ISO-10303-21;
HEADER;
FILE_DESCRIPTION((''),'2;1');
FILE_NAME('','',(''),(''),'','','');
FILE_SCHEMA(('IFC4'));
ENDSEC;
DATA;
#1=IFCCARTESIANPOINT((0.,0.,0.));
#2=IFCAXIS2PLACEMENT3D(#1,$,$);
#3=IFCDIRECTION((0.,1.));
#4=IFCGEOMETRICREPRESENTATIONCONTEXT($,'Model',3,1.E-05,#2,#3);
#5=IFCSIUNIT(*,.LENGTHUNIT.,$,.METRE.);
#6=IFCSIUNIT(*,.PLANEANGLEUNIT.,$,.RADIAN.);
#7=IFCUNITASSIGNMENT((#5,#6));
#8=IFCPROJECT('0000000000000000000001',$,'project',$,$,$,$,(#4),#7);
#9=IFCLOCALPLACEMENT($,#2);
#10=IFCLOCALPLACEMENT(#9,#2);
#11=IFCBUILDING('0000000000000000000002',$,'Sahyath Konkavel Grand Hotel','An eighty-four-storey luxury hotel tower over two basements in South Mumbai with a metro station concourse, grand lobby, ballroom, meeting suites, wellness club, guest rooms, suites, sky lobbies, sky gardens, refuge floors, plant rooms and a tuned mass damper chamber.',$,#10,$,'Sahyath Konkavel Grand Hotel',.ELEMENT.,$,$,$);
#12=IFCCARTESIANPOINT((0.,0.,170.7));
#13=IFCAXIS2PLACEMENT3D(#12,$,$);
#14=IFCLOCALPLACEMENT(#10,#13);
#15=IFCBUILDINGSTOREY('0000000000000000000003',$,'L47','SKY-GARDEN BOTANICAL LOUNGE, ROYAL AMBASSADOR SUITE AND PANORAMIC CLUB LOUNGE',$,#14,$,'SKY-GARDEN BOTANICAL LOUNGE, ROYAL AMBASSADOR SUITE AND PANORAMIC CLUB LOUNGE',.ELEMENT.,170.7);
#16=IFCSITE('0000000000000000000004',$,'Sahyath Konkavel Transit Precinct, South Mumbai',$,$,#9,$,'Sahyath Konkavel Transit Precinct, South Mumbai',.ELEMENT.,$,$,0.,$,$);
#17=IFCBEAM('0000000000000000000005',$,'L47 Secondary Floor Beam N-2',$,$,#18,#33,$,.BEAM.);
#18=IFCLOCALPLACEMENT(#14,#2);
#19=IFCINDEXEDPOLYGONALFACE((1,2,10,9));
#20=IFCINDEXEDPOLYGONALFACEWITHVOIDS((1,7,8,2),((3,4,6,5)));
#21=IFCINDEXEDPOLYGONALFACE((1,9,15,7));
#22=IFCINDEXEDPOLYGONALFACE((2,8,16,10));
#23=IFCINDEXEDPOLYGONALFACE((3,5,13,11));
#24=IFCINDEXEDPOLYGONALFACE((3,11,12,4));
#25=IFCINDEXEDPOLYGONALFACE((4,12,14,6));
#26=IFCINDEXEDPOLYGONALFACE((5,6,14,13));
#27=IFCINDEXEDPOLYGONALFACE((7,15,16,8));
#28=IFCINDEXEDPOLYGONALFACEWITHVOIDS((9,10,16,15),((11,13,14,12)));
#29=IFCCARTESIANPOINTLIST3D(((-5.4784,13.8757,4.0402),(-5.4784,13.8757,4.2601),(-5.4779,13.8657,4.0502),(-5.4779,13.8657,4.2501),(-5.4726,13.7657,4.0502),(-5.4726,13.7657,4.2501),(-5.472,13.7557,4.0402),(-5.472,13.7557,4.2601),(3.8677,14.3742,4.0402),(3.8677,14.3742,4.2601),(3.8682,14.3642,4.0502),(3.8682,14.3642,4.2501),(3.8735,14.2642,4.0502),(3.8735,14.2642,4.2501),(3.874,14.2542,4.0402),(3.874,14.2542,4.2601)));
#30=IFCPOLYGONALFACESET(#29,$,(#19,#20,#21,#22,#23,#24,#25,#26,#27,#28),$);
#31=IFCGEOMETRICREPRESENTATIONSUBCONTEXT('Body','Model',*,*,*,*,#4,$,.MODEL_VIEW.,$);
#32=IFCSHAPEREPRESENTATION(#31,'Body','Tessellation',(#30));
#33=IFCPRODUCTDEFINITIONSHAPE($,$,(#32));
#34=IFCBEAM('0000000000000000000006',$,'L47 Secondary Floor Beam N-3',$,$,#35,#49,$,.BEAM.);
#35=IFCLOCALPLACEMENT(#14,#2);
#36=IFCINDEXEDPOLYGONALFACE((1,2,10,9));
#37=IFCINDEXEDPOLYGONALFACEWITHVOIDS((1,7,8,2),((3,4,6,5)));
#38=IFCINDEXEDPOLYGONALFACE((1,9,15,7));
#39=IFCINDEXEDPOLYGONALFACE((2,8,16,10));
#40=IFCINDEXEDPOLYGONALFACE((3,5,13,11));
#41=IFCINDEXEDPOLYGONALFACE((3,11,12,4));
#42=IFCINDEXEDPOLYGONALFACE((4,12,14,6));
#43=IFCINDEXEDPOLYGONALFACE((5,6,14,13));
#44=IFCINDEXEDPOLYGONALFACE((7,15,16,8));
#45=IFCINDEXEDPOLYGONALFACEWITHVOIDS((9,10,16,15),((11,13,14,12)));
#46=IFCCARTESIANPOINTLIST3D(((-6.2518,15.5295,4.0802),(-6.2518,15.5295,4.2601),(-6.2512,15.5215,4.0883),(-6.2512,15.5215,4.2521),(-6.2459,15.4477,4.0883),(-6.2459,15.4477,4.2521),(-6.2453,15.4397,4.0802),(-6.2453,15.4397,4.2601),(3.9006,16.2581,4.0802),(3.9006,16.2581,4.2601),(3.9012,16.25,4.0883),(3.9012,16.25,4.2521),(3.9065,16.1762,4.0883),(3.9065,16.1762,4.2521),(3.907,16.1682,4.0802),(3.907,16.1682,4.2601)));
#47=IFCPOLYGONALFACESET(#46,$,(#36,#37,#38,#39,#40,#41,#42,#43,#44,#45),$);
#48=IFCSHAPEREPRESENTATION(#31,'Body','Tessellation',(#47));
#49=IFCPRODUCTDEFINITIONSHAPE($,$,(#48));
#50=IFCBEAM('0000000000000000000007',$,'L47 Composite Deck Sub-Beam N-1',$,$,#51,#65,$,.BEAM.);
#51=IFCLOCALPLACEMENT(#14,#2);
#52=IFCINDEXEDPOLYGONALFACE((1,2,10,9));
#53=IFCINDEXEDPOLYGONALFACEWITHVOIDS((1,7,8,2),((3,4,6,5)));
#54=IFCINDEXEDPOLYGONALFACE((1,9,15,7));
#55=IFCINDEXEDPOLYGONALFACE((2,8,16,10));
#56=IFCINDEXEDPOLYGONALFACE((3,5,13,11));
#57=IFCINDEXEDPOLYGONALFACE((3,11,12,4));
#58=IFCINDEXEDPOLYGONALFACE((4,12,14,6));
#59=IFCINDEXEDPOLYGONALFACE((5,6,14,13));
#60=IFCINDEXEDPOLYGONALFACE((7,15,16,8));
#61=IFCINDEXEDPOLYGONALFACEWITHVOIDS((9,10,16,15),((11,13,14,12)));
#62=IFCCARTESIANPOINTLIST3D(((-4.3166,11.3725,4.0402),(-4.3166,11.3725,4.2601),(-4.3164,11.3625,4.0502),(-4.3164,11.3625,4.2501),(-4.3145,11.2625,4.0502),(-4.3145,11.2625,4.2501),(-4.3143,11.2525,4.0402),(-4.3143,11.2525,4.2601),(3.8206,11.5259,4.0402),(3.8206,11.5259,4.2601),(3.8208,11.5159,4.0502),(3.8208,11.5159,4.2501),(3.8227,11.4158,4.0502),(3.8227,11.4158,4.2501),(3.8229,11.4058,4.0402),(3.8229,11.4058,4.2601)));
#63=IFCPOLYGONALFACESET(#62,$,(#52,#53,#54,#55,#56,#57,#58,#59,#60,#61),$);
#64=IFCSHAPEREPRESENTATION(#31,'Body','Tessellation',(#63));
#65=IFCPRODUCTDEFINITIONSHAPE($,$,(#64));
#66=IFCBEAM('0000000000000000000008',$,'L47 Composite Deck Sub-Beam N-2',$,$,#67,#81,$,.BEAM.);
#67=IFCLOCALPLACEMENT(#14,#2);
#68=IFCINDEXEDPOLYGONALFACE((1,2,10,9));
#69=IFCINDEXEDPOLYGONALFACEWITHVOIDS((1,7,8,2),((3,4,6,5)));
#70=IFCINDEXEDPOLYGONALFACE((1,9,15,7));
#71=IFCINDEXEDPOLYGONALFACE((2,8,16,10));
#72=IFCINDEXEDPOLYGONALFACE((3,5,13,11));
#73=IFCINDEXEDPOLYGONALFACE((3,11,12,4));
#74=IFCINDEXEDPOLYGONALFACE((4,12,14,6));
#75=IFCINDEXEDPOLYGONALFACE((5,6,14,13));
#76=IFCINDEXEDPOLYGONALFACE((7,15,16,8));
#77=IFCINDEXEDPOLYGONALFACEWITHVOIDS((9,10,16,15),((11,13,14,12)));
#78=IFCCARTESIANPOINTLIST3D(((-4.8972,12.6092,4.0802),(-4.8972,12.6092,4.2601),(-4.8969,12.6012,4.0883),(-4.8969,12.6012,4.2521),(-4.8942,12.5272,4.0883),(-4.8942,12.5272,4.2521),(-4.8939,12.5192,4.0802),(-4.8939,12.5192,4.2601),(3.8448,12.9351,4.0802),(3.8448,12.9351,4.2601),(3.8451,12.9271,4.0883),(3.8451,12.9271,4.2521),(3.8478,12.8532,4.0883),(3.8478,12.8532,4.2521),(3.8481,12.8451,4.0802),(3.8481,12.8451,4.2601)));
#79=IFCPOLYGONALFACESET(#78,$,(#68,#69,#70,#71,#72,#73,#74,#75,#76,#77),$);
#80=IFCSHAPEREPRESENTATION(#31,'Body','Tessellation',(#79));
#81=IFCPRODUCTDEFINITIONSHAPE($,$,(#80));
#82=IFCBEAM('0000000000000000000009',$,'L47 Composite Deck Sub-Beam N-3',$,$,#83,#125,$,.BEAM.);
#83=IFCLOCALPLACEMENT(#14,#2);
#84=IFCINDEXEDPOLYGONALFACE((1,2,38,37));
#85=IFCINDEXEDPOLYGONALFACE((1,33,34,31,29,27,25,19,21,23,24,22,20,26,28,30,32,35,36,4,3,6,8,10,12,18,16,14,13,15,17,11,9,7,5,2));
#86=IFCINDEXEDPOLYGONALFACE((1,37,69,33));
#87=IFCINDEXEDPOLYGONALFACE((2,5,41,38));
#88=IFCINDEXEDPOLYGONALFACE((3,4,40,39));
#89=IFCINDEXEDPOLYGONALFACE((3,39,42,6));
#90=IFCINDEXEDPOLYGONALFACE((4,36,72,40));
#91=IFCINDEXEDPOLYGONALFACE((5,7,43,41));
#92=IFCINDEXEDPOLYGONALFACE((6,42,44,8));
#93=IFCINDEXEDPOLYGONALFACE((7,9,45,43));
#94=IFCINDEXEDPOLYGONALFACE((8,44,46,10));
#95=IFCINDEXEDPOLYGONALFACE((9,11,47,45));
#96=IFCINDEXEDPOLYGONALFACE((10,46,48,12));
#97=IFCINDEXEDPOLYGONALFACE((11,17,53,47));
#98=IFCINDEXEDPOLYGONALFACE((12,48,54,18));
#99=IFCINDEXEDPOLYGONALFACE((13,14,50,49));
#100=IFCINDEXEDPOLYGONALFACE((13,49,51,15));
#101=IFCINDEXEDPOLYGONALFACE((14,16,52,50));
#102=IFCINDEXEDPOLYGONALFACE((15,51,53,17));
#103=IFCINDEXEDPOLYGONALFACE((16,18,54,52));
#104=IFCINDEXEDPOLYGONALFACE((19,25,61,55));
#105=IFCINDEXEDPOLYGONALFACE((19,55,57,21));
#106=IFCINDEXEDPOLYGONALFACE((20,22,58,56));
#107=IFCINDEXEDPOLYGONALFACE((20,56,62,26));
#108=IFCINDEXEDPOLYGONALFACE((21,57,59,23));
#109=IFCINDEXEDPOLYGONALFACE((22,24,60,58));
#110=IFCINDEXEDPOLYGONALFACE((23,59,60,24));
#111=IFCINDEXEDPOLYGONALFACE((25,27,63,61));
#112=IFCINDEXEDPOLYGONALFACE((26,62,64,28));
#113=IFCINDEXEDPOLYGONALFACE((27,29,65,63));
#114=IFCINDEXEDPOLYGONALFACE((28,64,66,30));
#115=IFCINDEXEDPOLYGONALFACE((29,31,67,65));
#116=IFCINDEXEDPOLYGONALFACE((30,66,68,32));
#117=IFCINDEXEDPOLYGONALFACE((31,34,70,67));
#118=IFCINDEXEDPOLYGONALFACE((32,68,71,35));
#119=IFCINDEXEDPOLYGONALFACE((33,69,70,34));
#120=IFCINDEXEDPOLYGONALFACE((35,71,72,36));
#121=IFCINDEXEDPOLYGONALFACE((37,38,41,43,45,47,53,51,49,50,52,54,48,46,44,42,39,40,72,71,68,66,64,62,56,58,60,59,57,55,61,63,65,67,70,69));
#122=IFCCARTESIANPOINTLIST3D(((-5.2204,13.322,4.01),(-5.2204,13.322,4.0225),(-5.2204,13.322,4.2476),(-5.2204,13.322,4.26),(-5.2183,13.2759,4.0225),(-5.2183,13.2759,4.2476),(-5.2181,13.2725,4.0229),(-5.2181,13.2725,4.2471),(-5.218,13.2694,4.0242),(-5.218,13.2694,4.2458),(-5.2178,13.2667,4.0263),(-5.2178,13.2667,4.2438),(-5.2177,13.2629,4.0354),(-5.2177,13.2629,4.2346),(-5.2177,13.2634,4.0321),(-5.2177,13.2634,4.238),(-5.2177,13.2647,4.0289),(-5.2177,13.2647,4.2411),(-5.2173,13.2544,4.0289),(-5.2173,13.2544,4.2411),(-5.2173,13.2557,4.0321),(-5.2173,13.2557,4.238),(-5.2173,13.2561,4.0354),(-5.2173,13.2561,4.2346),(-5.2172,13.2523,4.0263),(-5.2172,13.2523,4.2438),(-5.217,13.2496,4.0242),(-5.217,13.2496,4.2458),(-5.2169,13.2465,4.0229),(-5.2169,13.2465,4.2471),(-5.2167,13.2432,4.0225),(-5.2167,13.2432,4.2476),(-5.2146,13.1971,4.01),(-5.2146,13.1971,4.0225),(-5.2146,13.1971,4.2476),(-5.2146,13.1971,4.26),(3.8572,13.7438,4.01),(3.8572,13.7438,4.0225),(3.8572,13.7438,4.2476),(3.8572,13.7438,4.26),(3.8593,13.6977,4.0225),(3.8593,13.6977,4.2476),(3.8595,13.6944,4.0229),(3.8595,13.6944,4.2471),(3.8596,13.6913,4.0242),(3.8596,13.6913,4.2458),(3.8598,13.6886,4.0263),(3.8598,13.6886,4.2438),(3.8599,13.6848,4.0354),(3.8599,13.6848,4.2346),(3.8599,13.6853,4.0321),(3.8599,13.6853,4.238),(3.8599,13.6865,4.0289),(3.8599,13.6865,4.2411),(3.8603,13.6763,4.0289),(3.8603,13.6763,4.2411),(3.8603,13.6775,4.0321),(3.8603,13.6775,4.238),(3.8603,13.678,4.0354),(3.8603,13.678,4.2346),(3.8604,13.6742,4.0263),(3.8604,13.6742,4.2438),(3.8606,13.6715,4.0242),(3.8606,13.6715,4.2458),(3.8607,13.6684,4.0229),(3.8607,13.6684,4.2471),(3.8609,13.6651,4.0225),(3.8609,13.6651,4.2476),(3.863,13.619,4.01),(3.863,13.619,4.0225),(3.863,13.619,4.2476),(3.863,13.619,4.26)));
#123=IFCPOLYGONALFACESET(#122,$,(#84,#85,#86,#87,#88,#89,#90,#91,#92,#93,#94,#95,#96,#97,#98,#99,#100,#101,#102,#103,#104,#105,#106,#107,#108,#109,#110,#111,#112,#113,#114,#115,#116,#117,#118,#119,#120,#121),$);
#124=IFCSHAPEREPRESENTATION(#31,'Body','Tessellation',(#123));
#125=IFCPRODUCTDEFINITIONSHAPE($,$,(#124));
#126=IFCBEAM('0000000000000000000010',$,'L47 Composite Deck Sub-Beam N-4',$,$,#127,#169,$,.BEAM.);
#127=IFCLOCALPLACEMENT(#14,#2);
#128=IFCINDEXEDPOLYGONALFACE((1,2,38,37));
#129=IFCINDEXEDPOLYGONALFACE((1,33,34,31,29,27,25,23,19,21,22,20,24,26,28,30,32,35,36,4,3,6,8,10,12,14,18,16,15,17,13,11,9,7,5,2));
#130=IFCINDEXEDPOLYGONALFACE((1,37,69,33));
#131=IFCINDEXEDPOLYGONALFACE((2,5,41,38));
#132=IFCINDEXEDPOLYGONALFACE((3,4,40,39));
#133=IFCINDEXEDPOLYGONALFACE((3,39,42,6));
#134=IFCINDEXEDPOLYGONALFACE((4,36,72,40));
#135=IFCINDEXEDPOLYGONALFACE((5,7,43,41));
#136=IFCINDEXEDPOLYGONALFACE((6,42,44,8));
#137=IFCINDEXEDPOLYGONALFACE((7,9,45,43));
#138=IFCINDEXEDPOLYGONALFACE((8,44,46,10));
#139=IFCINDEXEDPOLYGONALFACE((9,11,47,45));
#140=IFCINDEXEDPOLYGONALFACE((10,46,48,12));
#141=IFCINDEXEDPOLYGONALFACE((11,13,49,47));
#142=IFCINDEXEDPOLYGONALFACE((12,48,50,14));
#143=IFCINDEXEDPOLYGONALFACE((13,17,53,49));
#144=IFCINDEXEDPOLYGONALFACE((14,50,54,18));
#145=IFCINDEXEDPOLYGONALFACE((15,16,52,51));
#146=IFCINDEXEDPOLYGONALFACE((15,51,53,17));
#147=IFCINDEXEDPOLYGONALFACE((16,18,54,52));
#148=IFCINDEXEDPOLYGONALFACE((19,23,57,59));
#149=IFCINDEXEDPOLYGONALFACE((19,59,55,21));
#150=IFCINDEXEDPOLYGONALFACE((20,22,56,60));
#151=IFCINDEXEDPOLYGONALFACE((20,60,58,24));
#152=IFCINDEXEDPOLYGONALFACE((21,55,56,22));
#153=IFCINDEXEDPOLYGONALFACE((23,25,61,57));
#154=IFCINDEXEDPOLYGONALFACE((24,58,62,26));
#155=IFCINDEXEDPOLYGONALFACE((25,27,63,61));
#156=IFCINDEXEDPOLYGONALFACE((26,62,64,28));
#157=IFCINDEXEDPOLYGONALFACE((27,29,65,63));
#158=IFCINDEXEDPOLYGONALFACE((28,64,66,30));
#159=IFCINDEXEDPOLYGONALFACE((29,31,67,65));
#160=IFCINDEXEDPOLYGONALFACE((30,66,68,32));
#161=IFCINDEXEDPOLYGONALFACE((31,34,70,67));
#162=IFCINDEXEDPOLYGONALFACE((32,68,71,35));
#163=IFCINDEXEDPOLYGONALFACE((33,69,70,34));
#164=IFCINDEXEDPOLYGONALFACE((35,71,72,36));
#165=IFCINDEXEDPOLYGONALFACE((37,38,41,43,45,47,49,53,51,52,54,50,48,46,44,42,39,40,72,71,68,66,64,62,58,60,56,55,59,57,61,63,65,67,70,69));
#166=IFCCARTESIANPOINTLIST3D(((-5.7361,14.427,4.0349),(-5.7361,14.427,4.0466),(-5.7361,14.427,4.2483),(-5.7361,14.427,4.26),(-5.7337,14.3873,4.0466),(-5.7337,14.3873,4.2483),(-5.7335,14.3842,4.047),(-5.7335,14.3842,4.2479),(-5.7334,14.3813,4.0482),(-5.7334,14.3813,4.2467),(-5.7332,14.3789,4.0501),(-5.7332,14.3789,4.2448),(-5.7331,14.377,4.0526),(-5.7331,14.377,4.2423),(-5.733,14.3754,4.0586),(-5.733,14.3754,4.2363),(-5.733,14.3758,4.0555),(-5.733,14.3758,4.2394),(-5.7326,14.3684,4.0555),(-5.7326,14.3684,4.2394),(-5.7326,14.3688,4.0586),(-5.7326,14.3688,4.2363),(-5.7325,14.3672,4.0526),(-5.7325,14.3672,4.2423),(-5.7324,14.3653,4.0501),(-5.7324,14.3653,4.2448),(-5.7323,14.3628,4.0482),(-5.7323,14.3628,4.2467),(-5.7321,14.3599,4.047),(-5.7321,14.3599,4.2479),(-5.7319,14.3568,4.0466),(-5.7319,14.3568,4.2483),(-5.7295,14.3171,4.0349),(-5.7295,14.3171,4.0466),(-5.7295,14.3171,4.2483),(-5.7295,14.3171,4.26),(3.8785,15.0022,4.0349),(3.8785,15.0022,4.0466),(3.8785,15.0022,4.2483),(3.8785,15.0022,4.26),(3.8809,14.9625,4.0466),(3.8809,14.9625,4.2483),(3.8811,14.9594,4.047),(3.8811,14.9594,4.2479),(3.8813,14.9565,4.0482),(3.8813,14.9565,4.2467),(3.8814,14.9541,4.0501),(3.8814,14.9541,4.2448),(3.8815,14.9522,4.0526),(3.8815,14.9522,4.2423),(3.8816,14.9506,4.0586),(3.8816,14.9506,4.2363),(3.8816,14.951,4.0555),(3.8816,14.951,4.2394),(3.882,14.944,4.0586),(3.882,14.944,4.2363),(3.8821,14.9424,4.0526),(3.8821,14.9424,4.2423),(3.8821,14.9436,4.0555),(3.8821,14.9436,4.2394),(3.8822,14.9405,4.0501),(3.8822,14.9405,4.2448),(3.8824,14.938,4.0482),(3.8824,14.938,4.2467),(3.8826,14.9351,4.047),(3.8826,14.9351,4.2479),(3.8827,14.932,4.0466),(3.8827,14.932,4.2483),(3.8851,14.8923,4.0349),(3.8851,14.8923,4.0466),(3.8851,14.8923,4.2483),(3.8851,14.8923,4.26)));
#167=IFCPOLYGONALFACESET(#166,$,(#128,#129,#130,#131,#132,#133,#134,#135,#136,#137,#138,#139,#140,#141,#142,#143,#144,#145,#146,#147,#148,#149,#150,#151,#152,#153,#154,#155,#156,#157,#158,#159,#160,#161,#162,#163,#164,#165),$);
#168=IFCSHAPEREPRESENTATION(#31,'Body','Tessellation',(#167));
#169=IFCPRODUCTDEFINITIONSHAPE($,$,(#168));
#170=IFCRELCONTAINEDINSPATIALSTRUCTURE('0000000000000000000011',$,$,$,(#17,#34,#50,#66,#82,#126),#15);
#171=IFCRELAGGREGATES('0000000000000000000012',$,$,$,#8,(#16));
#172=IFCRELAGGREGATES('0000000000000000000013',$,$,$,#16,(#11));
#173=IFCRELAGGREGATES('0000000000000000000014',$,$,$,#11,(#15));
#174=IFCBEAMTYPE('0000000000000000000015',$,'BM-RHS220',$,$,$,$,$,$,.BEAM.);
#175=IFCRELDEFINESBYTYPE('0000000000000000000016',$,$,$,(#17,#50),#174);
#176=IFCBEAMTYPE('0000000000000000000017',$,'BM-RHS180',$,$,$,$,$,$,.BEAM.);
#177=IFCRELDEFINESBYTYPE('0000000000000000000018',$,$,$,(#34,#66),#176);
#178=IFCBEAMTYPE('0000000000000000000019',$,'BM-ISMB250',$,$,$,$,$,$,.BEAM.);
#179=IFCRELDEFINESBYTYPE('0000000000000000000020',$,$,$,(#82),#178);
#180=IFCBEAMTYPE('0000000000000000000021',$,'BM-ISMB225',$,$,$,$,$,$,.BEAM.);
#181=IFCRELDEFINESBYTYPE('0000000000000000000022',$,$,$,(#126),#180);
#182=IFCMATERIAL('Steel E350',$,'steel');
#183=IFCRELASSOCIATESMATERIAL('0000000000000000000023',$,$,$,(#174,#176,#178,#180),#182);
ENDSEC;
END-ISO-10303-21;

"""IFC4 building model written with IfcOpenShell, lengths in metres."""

from ifc_helpers import new_model, si_unit, direction, frame, origin, origin_2d, place, context, subcontext, project, spatial, hollow_rectangle, i_section, extrude, source, transform, mapped, material, material_profile, profile_set, type_object, element, save


model = new_model("IFC4")

# Units and contexts
model_context = context("Model", 3, precision=1e-05, world=origin(), true_north=direction((0.0, 1.0)))
body_context = subcontext(model_context, "Body", "Model", "MODEL_VIEW")
ifc_project = project(units=[si_unit("LENGTHUNIT", "METRE"), si_unit("PLANEANGLEUNIT", "RADIAN")], contexts=[model_context])

# Site, building, storey
site_placement = place(None, origin())
site = spatial("IfcSite", under=ifc_project, at=site_placement, Name="Sahyath Konkavel Transit Precinct, South Mumbai", LongName="Sahyath Konkavel Transit Precinct, South Mumbai", CompositionType="ELEMENT", RefElevation=0.0)
building_placement = place(site_placement, origin())
building = spatial("IfcBuilding", under=site, at=building_placement, Name="Sahyath Konkavel Grand Hotel", Description="An eighty-four-storey luxury hotel tower over two basements in South Mumbai with a metro station concourse, grand lobby, ballroom, meeting suites, wellness club, guest rooms, suites, sky lobbies, sky gardens, refuge floors, plant rooms and a tuned mass damper chamber.", LongName="Sahyath Konkavel Grand Hotel", CompositionType="ELEMENT")
storey_placement = place(building_placement, frame((0.0, 0.0, 170.7)))
storey = spatial("IfcBuildingStorey", under=building, at=storey_placement, Name="L47", Description="SKY-GARDEN BOTANICAL LOUNGE, ROYAL AMBASSADOR SUITE AND PANORAMIC CLUB LOUNGE", LongName="SKY-GARDEN BOTANICAL LOUNGE, ROYAL AMBASSADOR SUITE AND PANORAMIC CLUB LOUNGE", CompositionType="ELEMENT", Elevation=170.7)

# Beams
ifc_material_1 = material(Name="Steel E350", Category="steel")
ifc_material_profile_1 = material_profile(ifc_material_1, hollow_rectangle(XDim=0.1201, YDim=0.22, WallThickness=0.01, at=origin_2d()), Name="RHS 220x120x10")
ifc_profile_set_1 = profile_set([ifc_material_profile_1], Name="Steel E350")
beam_type_1 = type_object("IfcBeamType", Name="BM-RHS220", PredefinedType="BEAM", material=ifc_profile_set_1)
shared_shape_1 = source(origin(), body_context, "Body", "SweptSolid", [
    extrude(hollow_rectangle(XDim=0.1201, YDim=0.22, WallThickness=0.01, at=origin_2d()), origin(), (0.0, 0.0, 1.0), 9.3594),
])
beam_1_placement = place(storey_placement, frame((3.8708, 14.3142, 4.1501), z_axis=(-0.99858, -0.053265, 0.0), x_axis=(0.053265, -0.99858, 0.0)))
element("IfcBeam", 1, at=beam_1_placement, inside=storey, type_object=beam_type_1, Name="L47 Secondary Floor Beam N-2", PredefinedType="BEAM", context=body_context, shape_type="MappedRepresentation", body=[
    mapped(shared_shape_1, transform((0.0, 0.0, 0.0), scale=1.0)),
])
ifc_material_profile_2 = material_profile(ifc_material_1, hollow_rectangle(XDim=0.0901, YDim=0.1799, WallThickness=0.0081, at=origin_2d()), Name="RHS 180x90x8")
ifc_profile_set_2 = profile_set([ifc_material_profile_2], Name="Steel E350")
beam_type_2 = type_object("IfcBeamType", Name="BM-RHS180", PredefinedType="BEAM", material=ifc_profile_set_2)
shared_shape_2 = source(origin(), body_context, "Body", "SweptSolid", [
    extrude(hollow_rectangle(XDim=0.0901, YDim=0.1799, WallThickness=0.0081, at=origin_2d()), origin(), (0.0, 0.0, 1.0), 10.1785),
])
beam_2_placement = place(storey_placement, frame((3.9038, 16.2131, 4.1702), z_axis=(-0.997435, -0.071574, 0.0), x_axis=(0.071574, -0.997435, 0.0)))
element("IfcBeam", 2, at=beam_2_placement, inside=storey, type_object=beam_type_2, Name="L47 Secondary Floor Beam N-3", PredefinedType="BEAM", context=body_context, shape_type="MappedRepresentation", body=[
    mapped(shared_shape_2, transform((0.0, 0.0, 0.0), scale=1.0)),
])
shared_shape_3 = source(origin(), body_context, "Body", "SweptSolid", [
    extrude(hollow_rectangle(XDim=0.1201, YDim=0.22, WallThickness=0.01, at=origin_2d()), origin(), (0.0, 0.0, 1.0), 8.1387),
])
beam_3_placement = place(storey_placement, frame((3.8218, 11.4658, 4.1501), z_axis=(-0.999823, -0.018839, 0.0), x_axis=(0.018839, -0.999823, 0.0)))
element("IfcBeam", 3, at=beam_3_placement, inside=storey, type_object=beam_type_1, Name="L47 Composite Deck Sub-Beam N-1", PredefinedType="BEAM", context=body_context, shape_type="MappedRepresentation", body=[
    mapped(shared_shape_3, transform((0.0, 0.0, 0.0), scale=1.0)),
])
shared_shape_4 = source(origin(), body_context, "Body", "SweptSolid", [
    extrude(hollow_rectangle(XDim=0.0901, YDim=0.1799, WallThickness=0.0081, at=origin_2d()), origin(), (0.0, 0.0, 1.0), 8.748),
])
beam_4_placement = place(storey_placement, frame((3.8464, 12.8901, 4.1702), z_axis=(-0.999306, -0.037257, 0.0), x_axis=(0.037257, -0.999306, 0.0)))
element("IfcBeam", 4, at=beam_4_placement, inside=storey, type_object=beam_type_2, Name="L47 Composite Deck Sub-Beam N-2", PredefinedType="BEAM", context=body_context, shape_type="MappedRepresentation", body=[
    mapped(shared_shape_4, transform((0.0, 0.0, 0.0), scale=1.0)),
])
ifc_material_profile_3 = material_profile(ifc_material_1, i_section(OverallWidth=0.125, OverallDepth=0.25, WebThickness=0.0068, FlangeThickness=0.0125, FilletRadius=0.0129, at=origin_2d()), Name="ISMB 250")
ifc_profile_set_3 = profile_set([ifc_material_profile_3], Name="Steel E350")
beam_type_3 = type_object("IfcBeamType", Name="BM-ISMB250", PredefinedType="BEAM", material=ifc_profile_set_3)
shared_shape_5 = source(origin(), body_context, "Body", "SweptSolid", [
    extrude(i_section(OverallWidth=0.125, OverallDepth=0.25, WebThickness=0.0068, FlangeThickness=0.0125, FilletRadius=0.0129, at=origin_2d()), origin(), (0.0, 0.0, 1.0), 9.0874),
])
beam_5_placement = place(storey_placement, frame((3.8601, 13.6814, 4.135), z_axis=(-0.998922, -0.046424, 0.0), x_axis=(0.046424, -0.998922, 0.0)))
element("IfcBeam", 5, at=beam_5_placement, inside=storey, type_object=beam_type_3, Name="L47 Composite Deck Sub-Beam N-3", PredefinedType="BEAM", context=body_context, shape_type="MappedRepresentation", body=[
    mapped(shared_shape_5, transform((0.0, 0.0, 0.0), scale=1.0)),
])
ifc_material_profile_4 = material_profile(ifc_material_1, i_section(OverallWidth=0.1101, OverallDepth=0.2251, WebThickness=0.0066, FlangeThickness=0.0117, FilletRadius=0.012, at=origin_2d()), Name="ISMB 225")
ifc_profile_set_4 = profile_set([ifc_material_profile_4], Name="Steel E350")
beam_type_4 = type_object("IfcBeamType", Name="BM-ISMB225", PredefinedType="BEAM", material=ifc_profile_set_4)
shared_shape_6 = source(origin(), body_context, "Body", "SweptSolid", [
    extrude(i_section(OverallWidth=0.1101, OverallDepth=0.2251, WebThickness=0.0066, FlangeThickness=0.0117, FilletRadius=0.012, at=origin_2d()), origin(), (0.0, 0.0, 1.0), 9.6318),
])
beam_6_placement = place(storey_placement, frame((3.8818, 14.9473, 4.1475), z_axis=(-0.998215, -0.059718, 0.0), x_axis=(0.059718, -0.998215, 0.0)))
element("IfcBeam", 6, at=beam_6_placement, inside=storey, type_object=beam_type_4, Name="L47 Composite Deck Sub-Beam N-4", PredefinedType="BEAM", context=body_context, shape_type="MappedRepresentation", body=[
    mapped(shared_shape_6, transform((0.0, 0.0, 0.0), scale=1.0)),
])

save(model, "model.ifc")
